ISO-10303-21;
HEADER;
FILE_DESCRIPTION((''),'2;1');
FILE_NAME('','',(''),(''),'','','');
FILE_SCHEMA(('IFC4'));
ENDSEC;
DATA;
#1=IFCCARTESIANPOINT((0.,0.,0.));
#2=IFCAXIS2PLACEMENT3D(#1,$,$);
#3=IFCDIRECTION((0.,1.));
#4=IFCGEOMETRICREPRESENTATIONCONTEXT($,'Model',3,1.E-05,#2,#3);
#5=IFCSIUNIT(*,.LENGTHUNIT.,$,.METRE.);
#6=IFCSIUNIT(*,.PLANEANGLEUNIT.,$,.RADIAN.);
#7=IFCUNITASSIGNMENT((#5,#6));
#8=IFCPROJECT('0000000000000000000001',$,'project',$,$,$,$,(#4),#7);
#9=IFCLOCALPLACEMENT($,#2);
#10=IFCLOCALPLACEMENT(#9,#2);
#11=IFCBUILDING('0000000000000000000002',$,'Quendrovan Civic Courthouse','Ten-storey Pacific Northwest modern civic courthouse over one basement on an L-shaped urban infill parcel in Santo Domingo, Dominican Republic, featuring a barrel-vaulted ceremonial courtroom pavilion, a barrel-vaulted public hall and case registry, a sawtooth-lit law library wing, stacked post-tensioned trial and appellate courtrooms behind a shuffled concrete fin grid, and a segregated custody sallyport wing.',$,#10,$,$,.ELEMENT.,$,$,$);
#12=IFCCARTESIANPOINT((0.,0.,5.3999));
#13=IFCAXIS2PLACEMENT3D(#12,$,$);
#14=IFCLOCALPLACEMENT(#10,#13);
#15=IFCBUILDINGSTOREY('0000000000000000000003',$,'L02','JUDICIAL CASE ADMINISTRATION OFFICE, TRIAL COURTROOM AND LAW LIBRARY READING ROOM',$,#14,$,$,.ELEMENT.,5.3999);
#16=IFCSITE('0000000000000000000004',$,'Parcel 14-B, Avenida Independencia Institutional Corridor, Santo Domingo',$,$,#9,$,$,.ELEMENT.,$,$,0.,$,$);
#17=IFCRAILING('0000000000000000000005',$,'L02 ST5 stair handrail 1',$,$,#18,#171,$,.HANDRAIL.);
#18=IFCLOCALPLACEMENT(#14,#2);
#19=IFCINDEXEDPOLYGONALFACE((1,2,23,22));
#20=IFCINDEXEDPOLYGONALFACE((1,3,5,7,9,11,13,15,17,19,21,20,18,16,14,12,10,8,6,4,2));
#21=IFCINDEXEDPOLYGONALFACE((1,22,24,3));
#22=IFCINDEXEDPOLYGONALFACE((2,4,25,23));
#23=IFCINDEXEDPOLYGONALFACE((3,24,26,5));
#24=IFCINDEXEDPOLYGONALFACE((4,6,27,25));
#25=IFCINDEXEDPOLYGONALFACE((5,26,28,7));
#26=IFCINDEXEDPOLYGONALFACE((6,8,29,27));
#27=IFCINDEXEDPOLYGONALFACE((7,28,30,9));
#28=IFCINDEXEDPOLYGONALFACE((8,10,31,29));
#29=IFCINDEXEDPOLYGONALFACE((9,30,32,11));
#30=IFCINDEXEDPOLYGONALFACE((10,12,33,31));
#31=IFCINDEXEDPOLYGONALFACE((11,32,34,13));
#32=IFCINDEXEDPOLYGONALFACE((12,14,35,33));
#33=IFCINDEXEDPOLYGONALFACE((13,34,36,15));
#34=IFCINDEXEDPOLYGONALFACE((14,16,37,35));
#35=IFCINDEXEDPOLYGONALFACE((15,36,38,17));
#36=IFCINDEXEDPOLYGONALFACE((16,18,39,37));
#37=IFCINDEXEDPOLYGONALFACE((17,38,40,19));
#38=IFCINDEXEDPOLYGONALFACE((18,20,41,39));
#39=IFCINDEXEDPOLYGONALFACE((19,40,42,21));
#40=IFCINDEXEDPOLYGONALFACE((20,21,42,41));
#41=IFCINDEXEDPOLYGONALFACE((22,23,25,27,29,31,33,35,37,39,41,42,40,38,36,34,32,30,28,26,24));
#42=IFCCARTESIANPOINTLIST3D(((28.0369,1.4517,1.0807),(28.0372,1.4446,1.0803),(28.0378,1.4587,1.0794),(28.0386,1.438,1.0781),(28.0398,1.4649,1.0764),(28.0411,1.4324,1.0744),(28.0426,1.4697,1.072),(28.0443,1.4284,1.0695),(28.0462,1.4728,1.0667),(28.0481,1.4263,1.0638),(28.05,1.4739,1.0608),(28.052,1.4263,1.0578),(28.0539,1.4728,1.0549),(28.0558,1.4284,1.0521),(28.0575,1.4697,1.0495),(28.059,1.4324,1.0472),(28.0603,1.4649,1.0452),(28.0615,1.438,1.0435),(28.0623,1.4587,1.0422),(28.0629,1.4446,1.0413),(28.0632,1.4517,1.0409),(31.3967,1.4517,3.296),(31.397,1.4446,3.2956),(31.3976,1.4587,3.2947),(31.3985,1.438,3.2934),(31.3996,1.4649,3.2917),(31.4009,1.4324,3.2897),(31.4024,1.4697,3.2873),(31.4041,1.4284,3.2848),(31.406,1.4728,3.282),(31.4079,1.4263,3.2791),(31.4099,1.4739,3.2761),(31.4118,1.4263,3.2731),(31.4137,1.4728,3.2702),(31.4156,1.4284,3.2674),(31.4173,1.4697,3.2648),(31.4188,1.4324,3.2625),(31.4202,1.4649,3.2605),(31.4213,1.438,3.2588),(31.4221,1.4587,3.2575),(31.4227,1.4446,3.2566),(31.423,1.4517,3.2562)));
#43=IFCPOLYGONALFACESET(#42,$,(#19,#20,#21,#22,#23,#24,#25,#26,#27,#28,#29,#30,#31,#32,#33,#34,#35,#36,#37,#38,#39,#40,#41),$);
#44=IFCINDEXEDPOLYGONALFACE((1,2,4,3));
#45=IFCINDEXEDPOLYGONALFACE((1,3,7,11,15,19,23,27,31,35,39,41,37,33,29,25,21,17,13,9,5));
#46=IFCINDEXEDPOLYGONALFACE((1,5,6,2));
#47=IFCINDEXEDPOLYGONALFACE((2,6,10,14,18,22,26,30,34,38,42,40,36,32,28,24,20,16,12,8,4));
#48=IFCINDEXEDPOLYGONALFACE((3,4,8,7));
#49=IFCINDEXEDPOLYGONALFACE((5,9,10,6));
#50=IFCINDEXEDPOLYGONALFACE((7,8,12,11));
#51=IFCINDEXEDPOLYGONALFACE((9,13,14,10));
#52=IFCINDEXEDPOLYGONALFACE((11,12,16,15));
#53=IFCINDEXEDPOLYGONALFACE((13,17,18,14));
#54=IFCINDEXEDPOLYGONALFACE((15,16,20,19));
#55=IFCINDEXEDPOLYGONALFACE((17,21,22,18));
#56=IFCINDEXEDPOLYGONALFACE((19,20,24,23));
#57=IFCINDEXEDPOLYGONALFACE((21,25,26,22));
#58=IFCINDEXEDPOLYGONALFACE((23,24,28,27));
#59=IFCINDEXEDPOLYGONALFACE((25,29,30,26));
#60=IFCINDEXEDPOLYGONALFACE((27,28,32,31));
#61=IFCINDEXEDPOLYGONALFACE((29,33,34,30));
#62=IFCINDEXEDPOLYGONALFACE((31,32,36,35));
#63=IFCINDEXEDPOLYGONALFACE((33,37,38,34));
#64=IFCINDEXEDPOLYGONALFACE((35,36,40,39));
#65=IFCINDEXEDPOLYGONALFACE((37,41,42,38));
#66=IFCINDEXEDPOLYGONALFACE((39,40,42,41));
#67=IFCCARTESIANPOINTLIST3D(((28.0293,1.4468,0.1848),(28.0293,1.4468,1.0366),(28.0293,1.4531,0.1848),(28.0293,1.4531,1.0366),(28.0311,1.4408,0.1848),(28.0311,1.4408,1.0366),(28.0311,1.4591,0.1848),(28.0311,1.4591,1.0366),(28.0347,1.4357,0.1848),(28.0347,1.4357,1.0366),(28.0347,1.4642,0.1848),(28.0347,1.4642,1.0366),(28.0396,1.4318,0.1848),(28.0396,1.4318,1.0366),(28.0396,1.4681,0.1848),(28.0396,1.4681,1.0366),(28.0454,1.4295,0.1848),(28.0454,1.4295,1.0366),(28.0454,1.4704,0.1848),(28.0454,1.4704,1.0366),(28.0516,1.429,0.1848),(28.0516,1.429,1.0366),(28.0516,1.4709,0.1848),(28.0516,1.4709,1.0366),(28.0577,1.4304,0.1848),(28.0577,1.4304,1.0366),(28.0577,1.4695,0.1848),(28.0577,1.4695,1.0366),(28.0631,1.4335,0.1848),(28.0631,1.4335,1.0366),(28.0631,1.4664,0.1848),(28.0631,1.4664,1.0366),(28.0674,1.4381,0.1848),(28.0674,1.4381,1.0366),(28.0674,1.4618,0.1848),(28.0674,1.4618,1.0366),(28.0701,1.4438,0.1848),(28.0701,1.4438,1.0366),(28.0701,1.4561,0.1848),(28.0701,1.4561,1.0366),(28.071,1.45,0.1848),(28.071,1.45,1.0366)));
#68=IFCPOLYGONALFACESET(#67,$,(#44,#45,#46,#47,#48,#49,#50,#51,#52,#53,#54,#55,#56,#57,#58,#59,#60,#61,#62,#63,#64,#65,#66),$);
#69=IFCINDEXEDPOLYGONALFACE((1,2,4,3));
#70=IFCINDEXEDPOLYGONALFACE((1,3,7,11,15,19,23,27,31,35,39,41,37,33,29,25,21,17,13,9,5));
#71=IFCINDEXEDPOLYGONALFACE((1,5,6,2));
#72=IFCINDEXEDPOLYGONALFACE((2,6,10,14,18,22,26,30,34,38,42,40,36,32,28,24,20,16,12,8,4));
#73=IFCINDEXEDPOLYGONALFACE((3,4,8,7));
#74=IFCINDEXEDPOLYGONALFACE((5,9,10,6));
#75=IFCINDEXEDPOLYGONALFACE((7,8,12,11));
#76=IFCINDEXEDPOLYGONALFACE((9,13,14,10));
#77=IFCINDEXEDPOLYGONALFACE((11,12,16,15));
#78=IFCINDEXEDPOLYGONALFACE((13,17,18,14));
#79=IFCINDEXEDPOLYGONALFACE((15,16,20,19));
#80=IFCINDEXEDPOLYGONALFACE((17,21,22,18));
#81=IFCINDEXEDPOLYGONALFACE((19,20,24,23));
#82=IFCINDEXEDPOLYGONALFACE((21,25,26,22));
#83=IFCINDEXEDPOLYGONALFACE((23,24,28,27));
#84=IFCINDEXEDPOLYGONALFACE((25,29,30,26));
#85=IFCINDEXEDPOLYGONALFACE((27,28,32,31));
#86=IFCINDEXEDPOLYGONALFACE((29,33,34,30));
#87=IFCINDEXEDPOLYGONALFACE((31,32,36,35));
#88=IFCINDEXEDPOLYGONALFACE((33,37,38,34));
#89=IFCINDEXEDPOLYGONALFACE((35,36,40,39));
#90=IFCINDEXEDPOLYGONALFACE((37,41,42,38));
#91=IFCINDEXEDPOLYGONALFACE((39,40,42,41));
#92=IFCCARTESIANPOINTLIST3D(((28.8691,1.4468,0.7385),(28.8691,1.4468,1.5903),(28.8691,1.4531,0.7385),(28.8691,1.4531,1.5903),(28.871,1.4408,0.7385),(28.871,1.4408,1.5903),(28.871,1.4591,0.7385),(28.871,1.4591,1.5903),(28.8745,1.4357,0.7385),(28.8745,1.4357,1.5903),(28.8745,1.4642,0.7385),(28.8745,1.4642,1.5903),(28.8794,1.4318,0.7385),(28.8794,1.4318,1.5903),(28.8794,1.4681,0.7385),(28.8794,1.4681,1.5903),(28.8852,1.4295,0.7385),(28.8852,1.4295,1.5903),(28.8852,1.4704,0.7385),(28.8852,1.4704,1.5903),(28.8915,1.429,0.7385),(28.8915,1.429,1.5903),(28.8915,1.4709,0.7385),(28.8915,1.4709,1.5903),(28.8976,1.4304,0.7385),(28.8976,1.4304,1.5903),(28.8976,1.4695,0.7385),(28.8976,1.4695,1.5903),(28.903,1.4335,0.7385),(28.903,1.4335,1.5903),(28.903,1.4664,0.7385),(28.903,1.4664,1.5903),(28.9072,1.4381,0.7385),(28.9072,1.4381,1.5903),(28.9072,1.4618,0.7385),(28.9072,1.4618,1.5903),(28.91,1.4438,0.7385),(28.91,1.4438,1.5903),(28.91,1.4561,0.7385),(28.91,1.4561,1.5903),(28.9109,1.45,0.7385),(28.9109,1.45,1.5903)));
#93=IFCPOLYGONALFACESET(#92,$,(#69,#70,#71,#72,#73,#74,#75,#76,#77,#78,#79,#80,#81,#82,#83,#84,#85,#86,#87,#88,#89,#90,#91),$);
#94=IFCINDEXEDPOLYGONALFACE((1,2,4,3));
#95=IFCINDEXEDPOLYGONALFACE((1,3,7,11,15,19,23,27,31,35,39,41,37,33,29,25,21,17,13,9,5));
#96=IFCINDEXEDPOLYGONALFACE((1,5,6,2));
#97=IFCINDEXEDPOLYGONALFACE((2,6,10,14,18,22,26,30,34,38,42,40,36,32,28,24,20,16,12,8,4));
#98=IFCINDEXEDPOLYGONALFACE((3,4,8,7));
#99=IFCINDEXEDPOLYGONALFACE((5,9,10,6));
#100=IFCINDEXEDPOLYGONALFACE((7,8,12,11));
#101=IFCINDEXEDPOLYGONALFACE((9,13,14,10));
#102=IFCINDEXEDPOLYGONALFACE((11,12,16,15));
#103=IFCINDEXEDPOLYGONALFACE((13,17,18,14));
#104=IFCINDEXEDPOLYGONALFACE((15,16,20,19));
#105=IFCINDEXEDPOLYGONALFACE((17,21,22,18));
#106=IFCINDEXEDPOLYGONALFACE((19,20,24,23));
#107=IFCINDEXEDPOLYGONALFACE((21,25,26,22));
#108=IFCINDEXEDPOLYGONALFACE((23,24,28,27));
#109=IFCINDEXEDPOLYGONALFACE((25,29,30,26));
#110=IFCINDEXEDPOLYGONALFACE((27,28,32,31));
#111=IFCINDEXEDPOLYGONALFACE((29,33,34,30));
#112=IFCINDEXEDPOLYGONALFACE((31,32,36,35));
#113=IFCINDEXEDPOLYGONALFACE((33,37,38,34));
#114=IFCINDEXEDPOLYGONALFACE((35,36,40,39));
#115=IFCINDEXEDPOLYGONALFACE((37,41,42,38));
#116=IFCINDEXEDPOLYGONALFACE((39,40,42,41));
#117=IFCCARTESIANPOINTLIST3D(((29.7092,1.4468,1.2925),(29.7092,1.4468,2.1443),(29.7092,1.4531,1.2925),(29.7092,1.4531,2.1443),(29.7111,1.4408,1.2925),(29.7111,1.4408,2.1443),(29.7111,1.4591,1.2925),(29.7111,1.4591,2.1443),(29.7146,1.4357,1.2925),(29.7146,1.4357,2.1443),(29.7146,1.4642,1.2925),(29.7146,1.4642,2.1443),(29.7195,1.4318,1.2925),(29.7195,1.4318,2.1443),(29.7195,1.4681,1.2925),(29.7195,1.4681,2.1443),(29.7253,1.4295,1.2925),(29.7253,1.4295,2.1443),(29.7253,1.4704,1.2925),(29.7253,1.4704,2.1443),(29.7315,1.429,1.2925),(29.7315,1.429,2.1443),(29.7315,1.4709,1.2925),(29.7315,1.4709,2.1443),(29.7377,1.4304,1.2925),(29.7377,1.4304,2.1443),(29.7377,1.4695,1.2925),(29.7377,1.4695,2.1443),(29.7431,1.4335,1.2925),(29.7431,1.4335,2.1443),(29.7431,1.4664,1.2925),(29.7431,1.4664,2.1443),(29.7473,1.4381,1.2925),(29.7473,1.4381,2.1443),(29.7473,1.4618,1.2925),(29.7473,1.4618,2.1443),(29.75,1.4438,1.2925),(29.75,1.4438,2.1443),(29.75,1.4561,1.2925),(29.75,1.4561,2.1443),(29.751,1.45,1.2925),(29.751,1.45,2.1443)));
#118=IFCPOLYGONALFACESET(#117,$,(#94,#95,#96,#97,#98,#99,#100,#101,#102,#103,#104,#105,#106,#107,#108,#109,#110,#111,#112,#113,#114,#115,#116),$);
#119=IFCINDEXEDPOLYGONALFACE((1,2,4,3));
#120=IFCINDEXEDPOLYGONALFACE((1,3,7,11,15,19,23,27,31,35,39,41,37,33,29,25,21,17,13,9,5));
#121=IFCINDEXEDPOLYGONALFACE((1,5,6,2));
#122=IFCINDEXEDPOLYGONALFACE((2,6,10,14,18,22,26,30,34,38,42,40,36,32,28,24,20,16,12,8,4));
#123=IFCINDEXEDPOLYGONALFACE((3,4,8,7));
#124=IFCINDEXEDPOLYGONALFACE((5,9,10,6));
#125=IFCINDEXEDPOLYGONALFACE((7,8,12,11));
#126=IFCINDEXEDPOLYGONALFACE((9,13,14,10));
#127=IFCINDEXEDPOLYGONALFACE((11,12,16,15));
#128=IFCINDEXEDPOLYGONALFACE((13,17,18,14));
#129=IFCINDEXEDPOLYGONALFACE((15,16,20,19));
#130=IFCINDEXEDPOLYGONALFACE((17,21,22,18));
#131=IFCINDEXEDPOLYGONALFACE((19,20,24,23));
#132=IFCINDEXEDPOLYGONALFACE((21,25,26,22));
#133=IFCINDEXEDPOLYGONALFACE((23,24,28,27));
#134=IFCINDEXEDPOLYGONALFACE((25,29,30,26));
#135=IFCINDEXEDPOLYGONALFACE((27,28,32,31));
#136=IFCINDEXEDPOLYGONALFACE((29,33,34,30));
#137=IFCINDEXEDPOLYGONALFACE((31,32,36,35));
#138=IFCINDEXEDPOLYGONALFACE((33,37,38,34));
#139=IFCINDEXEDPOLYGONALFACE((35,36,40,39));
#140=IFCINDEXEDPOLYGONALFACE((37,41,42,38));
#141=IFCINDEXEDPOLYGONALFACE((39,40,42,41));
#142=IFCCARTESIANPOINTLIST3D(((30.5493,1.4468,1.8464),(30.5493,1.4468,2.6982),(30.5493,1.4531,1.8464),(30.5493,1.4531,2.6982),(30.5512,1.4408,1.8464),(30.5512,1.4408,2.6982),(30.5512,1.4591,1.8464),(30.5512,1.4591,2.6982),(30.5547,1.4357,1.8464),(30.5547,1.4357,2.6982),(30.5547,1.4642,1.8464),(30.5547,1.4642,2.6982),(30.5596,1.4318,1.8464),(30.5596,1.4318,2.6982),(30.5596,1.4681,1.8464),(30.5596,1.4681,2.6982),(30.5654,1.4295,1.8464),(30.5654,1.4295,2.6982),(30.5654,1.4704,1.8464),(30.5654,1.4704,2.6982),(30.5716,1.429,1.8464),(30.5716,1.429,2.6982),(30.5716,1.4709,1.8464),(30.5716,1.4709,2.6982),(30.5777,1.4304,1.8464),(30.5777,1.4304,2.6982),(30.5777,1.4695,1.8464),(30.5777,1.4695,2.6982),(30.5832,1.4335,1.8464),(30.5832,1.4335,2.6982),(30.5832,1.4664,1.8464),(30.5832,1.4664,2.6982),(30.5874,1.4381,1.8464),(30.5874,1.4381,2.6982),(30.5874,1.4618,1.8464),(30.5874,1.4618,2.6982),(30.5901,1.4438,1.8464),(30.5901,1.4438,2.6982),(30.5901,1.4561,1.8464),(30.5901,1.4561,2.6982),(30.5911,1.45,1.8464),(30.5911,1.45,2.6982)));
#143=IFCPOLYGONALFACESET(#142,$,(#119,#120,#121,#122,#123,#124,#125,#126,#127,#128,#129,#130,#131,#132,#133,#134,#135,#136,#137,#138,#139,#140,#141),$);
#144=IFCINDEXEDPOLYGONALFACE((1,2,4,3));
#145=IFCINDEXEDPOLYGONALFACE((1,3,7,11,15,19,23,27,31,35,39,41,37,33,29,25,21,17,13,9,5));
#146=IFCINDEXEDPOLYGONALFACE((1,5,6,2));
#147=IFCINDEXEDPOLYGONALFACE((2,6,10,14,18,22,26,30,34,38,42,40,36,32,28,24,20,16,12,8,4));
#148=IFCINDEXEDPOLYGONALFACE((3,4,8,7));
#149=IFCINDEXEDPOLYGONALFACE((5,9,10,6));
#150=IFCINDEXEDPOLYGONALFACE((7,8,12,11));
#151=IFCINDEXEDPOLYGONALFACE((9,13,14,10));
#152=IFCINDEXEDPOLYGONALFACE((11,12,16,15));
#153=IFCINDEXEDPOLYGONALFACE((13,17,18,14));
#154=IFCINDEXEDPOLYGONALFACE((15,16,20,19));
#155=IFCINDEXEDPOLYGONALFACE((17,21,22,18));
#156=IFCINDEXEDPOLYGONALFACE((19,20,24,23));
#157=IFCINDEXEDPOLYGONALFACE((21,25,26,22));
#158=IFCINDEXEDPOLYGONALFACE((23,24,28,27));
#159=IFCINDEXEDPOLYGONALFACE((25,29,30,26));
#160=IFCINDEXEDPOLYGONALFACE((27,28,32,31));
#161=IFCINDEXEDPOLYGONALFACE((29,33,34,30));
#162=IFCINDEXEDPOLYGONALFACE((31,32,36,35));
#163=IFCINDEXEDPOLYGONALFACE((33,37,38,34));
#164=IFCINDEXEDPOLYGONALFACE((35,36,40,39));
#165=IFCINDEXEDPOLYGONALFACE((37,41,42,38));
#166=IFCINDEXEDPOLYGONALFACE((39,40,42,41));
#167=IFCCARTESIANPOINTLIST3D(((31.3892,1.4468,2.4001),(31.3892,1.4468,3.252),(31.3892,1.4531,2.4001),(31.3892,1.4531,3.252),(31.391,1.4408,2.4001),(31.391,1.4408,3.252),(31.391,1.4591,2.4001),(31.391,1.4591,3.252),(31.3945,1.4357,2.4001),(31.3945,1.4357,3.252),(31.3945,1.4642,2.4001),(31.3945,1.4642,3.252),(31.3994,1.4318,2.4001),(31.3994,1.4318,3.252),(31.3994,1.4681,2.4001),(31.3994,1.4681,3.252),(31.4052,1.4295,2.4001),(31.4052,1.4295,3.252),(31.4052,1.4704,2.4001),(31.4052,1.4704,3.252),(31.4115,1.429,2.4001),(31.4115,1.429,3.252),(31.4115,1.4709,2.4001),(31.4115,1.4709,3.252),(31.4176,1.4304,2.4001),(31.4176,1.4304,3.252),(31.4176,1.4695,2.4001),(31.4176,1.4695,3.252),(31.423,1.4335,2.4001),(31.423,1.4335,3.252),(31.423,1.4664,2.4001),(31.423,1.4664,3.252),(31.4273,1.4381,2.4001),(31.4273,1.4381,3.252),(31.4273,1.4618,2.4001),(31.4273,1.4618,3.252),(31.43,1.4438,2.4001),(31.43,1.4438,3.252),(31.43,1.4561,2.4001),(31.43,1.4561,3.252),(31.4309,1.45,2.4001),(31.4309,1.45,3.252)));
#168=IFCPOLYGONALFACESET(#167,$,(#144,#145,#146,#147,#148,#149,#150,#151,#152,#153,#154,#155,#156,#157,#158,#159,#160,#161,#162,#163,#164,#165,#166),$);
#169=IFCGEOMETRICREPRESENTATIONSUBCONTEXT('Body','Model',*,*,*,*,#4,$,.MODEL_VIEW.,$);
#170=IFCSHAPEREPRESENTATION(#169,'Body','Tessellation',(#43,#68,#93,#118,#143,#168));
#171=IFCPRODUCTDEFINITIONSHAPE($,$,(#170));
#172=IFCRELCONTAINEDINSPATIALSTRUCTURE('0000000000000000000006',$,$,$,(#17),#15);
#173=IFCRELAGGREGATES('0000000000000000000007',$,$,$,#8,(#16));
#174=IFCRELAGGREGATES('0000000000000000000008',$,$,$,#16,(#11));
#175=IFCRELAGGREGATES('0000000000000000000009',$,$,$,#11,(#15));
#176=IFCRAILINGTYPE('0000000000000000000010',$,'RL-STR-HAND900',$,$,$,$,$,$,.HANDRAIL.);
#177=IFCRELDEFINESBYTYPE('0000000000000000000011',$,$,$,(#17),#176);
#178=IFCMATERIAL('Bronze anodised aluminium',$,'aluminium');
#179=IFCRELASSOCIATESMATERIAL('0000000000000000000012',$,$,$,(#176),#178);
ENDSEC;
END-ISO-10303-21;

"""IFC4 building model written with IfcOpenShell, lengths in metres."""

from ifc_helpers import new_model, si_unit, direction, frame, origin, origin_2d, place, context, subcontext, project, spatial, circle, extrude, material, type_object, element, save


model = new_model("IFC4")

# Units and contexts
model_context = context("Model", 3, precision=1e-05, world=origin(), true_north=direction((0.0, 1.0)))
body_context = subcontext(model_context, "Body", "Model", "MODEL_VIEW")
ifc_project = project(units=[si_unit("LENGTHUNIT", "METRE"), si_unit("PLANEANGLEUNIT", "RADIAN")], contexts=[model_context])

# Site, building, storey
site_placement = place(None, origin())
site = spatial("IfcSite", under=ifc_project, at=site_placement, Name="Parcel 14-B, Avenida Independencia Institutional Corridor, Santo Domingo", CompositionType="ELEMENT", RefElevation=0.0)
building_placement = place(site_placement, origin())
building = spatial("IfcBuilding", under=site, at=building_placement, Name="Quendrovan Civic Courthouse", Description="Ten-storey Pacific Northwest modern civic courthouse over one basement on an L-shaped urban infill parcel in Santo Domingo, Dominican Republic, featuring a barrel-vaulted ceremonial courtroom pavilion, a barrel-vaulted public hall and case registry, a sawtooth-lit law library wing, stacked post-tensioned trial and appellate courtrooms behind a shuffled concrete fin grid, and a segregated custody sallyport wing.", CompositionType="ELEMENT")
storey_placement = place(building_placement, frame((0.0, 0.0, 5.3999)))
storey = spatial("IfcBuildingStorey", under=building, at=storey_placement, Name="L02", Description="JUDICIAL CASE ADMINISTRATION OFFICE, TRIAL COURTROOM AND LAW LIBRARY READING ROOM", CompositionType="ELEMENT", Elevation=5.3999)

# Railing
ifc_material_1 = material(Name="Bronze anodised aluminium", Category="aluminium")
railing_type_1 = type_object("IfcRailingType", Name="RL-STR-HAND900", PredefinedType="HANDRAIL", material=ifc_material_1)
railing_1_placement = place(storey_placement, frame((28.05, 1.45, 0.1848)))
element("IfcRailing", 1, at=railing_1_placement, inside=storey, type_object=railing_type_1, Name="L02 ST5 stair handrail 1", PredefinedType="HANDRAIL", context=body_context, shape_type="SweptSolid", body=[
    extrude(circle(Radius=0.0239, at=origin_2d()), frame((0.0, 0.0, 0.876), z_axis=(0.834858, 0.0, 0.550465), x_axis=(0.0, 1.0, 0.0)), (0.0, 0.0, 1.0), 4.0244),
    extrude(circle(Radius=0.021, at=origin_2d()), origin(), (0.0, 0.0, 1.0), 0.8518),
    extrude(circle(Radius=0.021, at=origin_2d()), frame((0.8398, 0.0, 0.5537)), (0.0, 0.0, 1.0), 0.8518),
    extrude(circle(Radius=0.021, at=origin_2d()), frame((1.6799, 0.0, 1.1077)), (0.0, 0.0, 1.0), 0.8518),
    extrude(circle(Radius=0.021, at=origin_2d()), frame((2.52, 0.0, 1.6616)), (0.0, 0.0, 1.0), 0.8518),
    extrude(circle(Radius=0.021, at=origin_2d()), frame((3.3599, 0.0, 2.2153)), (0.0, 0.0, 1.0), 0.8518),
])

save(model, "model.ifc")
